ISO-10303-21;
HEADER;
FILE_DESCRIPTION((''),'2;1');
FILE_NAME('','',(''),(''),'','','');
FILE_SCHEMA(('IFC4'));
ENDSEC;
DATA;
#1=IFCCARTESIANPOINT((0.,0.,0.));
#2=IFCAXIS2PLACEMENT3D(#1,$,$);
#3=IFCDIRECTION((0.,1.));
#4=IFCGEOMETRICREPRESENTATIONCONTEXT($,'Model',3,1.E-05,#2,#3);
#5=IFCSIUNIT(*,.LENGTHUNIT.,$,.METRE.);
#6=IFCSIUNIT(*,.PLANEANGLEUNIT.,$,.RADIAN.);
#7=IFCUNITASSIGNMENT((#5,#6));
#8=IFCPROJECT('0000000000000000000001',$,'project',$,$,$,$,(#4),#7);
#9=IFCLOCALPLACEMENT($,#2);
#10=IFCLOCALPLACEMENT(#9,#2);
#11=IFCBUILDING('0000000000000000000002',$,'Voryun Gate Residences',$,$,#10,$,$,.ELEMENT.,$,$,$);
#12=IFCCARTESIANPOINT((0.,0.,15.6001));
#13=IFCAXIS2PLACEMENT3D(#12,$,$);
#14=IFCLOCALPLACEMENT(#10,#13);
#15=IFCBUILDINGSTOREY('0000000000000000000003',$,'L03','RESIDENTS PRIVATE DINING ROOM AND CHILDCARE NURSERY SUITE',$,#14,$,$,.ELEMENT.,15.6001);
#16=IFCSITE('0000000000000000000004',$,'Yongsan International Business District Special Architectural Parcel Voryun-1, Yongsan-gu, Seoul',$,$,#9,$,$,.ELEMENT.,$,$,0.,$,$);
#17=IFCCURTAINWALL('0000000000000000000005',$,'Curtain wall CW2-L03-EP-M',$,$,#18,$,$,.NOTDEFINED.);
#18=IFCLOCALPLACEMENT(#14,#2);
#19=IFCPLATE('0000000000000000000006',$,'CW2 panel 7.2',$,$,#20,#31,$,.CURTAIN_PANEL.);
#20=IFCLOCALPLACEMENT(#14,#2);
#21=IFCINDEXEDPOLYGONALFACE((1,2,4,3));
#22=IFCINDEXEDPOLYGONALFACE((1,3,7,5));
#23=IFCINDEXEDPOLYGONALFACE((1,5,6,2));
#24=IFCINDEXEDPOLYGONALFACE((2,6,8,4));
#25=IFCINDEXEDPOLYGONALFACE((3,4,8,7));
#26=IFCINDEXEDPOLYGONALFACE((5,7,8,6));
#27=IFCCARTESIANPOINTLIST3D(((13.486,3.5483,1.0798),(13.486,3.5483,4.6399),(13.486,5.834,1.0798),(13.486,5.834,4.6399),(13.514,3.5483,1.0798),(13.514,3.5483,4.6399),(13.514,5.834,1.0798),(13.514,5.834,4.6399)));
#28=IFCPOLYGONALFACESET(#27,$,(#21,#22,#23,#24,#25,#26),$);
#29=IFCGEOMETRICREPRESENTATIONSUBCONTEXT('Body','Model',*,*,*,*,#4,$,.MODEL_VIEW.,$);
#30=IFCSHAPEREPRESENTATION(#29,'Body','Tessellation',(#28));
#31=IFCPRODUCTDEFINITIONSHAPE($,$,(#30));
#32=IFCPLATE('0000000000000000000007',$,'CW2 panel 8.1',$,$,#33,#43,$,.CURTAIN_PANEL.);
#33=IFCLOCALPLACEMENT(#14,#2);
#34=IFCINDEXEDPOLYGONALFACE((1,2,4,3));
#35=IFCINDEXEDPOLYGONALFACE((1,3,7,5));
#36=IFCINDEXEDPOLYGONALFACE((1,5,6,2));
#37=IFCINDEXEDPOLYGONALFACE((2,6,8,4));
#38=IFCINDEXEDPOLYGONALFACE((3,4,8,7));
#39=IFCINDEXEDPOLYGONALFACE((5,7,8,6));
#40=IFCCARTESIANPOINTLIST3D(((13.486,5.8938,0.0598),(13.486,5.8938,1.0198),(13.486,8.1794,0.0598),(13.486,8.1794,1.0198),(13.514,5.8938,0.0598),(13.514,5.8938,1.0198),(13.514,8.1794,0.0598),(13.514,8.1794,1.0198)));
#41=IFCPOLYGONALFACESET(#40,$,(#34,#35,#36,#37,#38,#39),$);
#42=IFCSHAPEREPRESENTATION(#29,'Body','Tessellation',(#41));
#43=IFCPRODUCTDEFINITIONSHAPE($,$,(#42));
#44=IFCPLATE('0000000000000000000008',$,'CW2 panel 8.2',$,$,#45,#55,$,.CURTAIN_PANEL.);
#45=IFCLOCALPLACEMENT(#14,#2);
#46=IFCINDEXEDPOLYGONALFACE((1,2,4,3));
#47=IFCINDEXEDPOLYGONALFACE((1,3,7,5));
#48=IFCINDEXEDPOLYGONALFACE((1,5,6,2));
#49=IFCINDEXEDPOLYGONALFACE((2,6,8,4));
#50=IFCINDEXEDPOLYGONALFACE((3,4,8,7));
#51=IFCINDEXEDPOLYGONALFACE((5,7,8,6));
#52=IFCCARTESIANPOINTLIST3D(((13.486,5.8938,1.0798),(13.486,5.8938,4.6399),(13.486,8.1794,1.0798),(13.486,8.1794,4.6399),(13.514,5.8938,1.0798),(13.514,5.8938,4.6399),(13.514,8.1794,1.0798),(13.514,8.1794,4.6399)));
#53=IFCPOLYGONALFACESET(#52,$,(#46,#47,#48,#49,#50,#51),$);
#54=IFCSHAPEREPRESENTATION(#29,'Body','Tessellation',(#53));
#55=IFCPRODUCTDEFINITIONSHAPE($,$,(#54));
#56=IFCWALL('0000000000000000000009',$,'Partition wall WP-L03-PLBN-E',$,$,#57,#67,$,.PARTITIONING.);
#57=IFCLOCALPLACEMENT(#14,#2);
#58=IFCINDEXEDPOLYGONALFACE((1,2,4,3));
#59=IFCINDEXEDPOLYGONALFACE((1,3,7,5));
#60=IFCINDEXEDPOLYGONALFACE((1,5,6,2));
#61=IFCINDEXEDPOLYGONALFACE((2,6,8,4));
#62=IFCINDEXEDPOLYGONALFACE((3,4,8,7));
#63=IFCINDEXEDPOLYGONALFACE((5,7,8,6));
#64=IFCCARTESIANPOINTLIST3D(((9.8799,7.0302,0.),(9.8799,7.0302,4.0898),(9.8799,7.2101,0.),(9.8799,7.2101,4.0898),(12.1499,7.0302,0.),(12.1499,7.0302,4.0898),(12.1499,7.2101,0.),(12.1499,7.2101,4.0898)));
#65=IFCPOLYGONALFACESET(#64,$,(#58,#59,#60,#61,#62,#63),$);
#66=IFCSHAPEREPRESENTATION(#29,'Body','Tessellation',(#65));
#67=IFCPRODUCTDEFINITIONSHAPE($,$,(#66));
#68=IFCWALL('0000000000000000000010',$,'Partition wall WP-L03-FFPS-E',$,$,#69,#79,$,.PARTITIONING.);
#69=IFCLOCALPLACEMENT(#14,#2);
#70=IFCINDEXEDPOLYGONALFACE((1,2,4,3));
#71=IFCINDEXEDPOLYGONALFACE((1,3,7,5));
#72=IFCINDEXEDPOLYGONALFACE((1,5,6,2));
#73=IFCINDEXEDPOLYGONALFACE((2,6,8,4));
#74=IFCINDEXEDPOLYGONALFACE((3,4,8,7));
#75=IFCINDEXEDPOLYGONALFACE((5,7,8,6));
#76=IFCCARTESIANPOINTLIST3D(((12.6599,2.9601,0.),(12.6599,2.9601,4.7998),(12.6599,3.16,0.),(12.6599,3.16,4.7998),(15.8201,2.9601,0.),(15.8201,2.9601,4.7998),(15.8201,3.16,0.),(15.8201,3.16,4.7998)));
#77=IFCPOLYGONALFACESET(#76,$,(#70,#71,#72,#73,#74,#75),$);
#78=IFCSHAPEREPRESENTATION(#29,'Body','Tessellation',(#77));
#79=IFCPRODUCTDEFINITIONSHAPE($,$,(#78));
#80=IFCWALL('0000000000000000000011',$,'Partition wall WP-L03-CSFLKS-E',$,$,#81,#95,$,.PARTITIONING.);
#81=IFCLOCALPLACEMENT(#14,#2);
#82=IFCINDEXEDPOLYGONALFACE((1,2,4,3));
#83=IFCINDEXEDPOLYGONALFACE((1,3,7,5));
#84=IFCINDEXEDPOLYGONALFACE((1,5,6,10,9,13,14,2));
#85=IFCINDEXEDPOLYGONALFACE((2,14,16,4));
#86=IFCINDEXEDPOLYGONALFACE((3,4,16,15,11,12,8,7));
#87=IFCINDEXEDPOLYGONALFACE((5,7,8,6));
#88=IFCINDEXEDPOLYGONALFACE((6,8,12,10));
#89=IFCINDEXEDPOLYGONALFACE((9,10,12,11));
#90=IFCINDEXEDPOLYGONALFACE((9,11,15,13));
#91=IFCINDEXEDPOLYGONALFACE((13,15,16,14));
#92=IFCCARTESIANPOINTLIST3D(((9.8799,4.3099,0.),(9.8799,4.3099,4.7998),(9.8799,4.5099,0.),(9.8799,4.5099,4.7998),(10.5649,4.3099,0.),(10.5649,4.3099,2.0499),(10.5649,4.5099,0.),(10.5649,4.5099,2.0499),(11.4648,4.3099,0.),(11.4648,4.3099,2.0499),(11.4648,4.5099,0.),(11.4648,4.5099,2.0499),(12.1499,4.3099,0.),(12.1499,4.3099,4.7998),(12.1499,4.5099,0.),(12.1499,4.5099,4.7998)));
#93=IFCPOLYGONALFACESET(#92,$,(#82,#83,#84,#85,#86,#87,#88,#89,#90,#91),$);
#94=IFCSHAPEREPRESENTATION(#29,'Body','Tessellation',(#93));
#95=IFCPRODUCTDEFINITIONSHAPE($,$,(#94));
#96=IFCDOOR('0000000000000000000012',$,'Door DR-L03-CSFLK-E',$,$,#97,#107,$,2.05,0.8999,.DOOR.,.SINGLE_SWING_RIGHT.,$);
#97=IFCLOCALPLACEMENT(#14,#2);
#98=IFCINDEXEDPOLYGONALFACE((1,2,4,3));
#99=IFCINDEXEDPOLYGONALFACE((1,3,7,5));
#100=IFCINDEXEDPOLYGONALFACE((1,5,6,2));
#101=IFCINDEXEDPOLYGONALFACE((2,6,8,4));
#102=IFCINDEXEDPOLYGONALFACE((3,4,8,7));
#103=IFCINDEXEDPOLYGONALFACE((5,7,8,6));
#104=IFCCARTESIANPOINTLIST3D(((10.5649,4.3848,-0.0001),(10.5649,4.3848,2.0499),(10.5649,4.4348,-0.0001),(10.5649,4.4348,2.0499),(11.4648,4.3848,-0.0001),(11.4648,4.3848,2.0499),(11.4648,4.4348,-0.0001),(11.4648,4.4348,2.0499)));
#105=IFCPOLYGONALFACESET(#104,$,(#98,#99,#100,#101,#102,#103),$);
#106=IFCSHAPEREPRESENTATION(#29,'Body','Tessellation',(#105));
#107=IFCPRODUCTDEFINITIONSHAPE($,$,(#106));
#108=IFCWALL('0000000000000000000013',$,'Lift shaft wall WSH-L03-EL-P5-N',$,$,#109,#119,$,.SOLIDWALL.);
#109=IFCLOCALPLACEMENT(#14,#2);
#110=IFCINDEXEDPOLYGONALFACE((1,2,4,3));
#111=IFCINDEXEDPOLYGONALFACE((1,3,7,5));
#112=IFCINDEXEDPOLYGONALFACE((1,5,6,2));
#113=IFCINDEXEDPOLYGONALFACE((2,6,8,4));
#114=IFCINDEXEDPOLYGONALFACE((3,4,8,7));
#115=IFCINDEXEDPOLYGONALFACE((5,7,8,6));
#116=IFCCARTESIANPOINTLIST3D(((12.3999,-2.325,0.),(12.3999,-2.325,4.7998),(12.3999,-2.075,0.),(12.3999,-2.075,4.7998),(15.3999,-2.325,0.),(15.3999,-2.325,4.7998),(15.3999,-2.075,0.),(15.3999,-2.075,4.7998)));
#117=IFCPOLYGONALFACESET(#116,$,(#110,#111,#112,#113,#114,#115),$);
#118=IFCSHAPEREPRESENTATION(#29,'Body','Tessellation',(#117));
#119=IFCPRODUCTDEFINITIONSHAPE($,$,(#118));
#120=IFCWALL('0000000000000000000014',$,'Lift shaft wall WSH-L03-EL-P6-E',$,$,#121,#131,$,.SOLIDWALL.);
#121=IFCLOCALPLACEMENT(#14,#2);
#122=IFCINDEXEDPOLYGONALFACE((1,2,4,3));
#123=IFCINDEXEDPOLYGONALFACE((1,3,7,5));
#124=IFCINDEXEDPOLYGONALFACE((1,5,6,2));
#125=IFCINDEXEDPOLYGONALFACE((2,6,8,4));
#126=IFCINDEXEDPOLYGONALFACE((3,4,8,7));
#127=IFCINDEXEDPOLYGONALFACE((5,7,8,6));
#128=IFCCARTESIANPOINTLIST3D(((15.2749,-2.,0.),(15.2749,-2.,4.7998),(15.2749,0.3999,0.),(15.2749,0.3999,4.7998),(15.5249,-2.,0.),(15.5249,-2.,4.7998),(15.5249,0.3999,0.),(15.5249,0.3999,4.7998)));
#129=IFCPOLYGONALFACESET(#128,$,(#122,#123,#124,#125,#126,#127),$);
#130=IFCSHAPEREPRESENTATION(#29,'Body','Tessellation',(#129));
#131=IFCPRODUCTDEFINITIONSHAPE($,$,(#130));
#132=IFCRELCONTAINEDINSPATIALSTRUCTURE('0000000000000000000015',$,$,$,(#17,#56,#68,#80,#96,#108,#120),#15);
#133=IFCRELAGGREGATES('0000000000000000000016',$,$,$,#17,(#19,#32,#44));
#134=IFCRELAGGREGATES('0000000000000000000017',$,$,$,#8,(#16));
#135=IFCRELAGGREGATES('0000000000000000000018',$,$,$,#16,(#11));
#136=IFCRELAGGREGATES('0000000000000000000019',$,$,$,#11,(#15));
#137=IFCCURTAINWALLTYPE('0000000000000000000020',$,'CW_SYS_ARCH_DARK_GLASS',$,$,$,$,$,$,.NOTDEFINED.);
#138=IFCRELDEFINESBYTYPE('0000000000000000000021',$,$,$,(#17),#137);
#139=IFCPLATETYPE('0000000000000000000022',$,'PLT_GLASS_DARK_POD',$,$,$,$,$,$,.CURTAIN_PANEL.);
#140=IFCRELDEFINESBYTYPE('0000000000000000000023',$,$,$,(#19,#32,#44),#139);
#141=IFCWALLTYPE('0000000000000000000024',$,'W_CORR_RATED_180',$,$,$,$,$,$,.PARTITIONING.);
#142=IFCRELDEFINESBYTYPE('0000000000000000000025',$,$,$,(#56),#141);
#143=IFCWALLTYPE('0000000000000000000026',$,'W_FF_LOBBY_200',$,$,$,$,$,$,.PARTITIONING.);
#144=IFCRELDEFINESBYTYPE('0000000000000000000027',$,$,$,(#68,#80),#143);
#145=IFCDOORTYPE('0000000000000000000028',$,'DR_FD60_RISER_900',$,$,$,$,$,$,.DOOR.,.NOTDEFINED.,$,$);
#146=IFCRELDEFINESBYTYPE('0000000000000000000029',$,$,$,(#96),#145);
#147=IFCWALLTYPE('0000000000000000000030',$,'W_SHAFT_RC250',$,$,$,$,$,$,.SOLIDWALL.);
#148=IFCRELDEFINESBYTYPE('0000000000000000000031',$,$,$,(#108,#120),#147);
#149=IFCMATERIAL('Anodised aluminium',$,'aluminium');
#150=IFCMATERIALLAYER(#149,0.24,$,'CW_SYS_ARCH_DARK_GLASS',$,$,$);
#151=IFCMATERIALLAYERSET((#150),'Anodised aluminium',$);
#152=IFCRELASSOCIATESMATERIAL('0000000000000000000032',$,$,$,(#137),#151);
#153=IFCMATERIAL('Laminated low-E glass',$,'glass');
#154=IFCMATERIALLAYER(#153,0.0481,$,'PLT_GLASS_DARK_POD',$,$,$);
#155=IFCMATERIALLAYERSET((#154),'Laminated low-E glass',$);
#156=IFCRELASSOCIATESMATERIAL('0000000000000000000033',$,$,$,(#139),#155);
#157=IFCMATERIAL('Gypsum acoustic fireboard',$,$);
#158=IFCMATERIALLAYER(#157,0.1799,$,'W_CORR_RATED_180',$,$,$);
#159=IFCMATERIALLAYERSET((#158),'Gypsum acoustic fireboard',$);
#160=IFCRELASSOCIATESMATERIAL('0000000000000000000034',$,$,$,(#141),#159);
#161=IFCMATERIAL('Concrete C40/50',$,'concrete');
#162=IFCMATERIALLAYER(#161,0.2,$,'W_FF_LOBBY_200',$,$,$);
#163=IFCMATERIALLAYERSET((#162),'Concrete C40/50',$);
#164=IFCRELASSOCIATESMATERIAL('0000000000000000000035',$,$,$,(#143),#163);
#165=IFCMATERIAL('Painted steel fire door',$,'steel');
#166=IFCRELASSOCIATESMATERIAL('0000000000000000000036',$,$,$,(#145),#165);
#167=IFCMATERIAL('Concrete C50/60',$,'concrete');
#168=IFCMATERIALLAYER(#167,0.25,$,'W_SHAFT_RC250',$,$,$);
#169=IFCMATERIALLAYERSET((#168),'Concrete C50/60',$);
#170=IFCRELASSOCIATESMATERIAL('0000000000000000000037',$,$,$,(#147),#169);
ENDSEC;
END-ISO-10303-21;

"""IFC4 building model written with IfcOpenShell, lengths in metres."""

from ifc_helpers import new_model, si_unit, direction, frame, frame_2d, origin, origin_2d, place, context, subcontext, project, spatial, rectangle, extrude, material, layer, layer_set, type_object, element, fill, aggregate, save


model = new_model("IFC4")

# Units and contexts
model_context = context("Model", 3, precision=1e-05, world=origin(), true_north=direction((0.0, 1.0)))
body_context = subcontext(model_context, "Body", "Model", "MODEL_VIEW")
ifc_project = project(units=[si_unit("LENGTHUNIT", "METRE"), si_unit("PLANEANGLEUNIT", "RADIAN")], contexts=[model_context])

# Site, building, storey
site_placement = place(None, origin())
site = spatial("IfcSite", under=ifc_project, at=site_placement, Name="Yongsan International Business District Special Architectural Parcel Voryun-1, Yongsan-gu, Seoul", CompositionType="ELEMENT", RefElevation=0.0)
building_placement = place(site_placement, origin())
building = spatial("IfcBuilding", under=site, at=building_placement, Name="Voryun Gate Residences", CompositionType="ELEMENT")
storey_placement = place(building_placement, frame((0.0, 0.0, 15.6001)))
storey = spatial("IfcBuildingStorey", under=building, at=storey_placement, Name="L03", Description="RESIDENTS PRIVATE DINING ROOM AND CHILDCARE NURSERY SUITE", CompositionType="ELEMENT", Elevation=15.6001)

# Curtain wall, plates
ifc_material_1 = material(Name="Anodised aluminium", Category="aluminium")
ifc_layer_1 = layer(ifc_material_1, 0.24, Name="CW_SYS_ARCH_DARK_GLASS")
ifc_layer_set_1 = layer_set([ifc_layer_1], Name="Anodised aluminium")
curtain_wall_type = type_object("IfcCurtainWallType", Name="CW_SYS_ARCH_DARK_GLASS", PredefinedType="NOTDEFINED", material=ifc_layer_set_1)
curtain_wall_placement = place(storey_placement, origin())
curtain_wall = element("IfcCurtainWall", 1, at=curtain_wall_placement, inside=storey, type_object=curtain_wall_type, Name="Curtain wall CW2-L03-EP-M", PredefinedType="NOTDEFINED")
ifc_material_2 = material(Name="Laminated low-E glass", Category="glass")
ifc_layer_2 = layer(ifc_material_2, 0.0481, Name="PLT_GLASS_DARK_POD")
ifc_layer_set_2 = layer_set([ifc_layer_2], Name="Laminated low-E glass")
plate_type = type_object("IfcPlateType", Name="PLT_GLASS_DARK_POD", PredefinedType="CURTAIN_PANEL", material=ifc_layer_set_2)
plate_1_placement = place(storey_placement, frame((13.5, 4.6912, 1.0798), z_axis=(0.0, 0.0, 1.0), x_axis=(0.0, 1.0, 0.0)))
plate_1 = element("IfcPlate", 2, at=plate_1_placement, type_object=plate_type, Name="CW2 panel 7.2", PredefinedType="CURTAIN_PANEL", context=body_context, shape_type="SweptSolid", body=[
    extrude(rectangle(XDim=2.2856, YDim=0.0281, at=origin_2d()), origin(), (0.0, 0.0, 1.0), 3.5601),
])
plate_2_placement = place(storey_placement, frame((13.5, 7.0366, 0.0598), z_axis=(0.0, 0.0, 1.0), x_axis=(0.0, 1.0, 0.0)))
plate_2 = element("IfcPlate", 3, at=plate_2_placement, type_object=plate_type, Name="CW2 panel 8.1", PredefinedType="CURTAIN_PANEL", context=body_context, shape_type="SweptSolid", body=[
    extrude(rectangle(XDim=2.2856, YDim=0.0281, at=origin_2d()), origin(), (0.0, 0.0, 1.0), 0.96),
])
plate_3_placement = place(storey_placement, frame((13.5, 7.0366, 1.0798), z_axis=(0.0, 0.0, 1.0), x_axis=(0.0, 1.0, 0.0)))
plate_3 = element("IfcPlate", 4, at=plate_3_placement, type_object=plate_type, Name="CW2 panel 8.2", PredefinedType="CURTAIN_PANEL", context=body_context, shape_type="SweptSolid", body=[
    extrude(rectangle(XDim=2.2856, YDim=0.0281, at=origin_2d()), origin(), (0.0, 0.0, 1.0), 3.5601),
])
aggregate(curtain_wall, [plate_1, plate_2, plate_3])

# Walls
ifc_material_3 = material(Name="Gypsum acoustic fireboard")
ifc_layer_3 = layer(ifc_material_3, 0.1799, Name="W_CORR_RATED_180")
ifc_layer_set_3 = layer_set([ifc_layer_3], Name="Gypsum acoustic fireboard")
wall_type_1 = type_object("IfcWallType", Name="W_CORR_RATED_180", PredefinedType="PARTITIONING", material=ifc_layer_set_3)
wall_1_placement = place(storey_placement, frame((9.8799, 7.1201, 0.0), z_axis=(0.0, 0.0, 1.0), x_axis=(1.0, 0.0, 0.0)))
element("IfcWall", 5, at=wall_1_placement, inside=storey, type_object=wall_type_1, Name="Partition wall WP-L03-PLBN-E", PredefinedType="PARTITIONING", context=body_context, shape_type="SweptSolid", body=[
    extrude(rectangle(XDim=2.27, YDim=0.1799, at=frame_2d((1.135, 0.0))), origin(), (0.0, 0.0, 1.0), 4.0898),
])
ifc_material_4 = material(Name="Concrete C40/50", Category="concrete")
ifc_layer_4 = layer(ifc_material_4, 0.2, Name="W_FF_LOBBY_200")
ifc_layer_set_4 = layer_set([ifc_layer_4], Name="Concrete C40/50")
wall_type_2 = type_object("IfcWallType", Name="W_FF_LOBBY_200", PredefinedType="PARTITIONING", material=ifc_layer_set_4)
wall_2_placement = place(storey_placement, frame((12.6599, 3.0601, 0.0), z_axis=(0.0, 0.0, 1.0), x_axis=(1.0, 0.0, 0.0)))
element("IfcWall", 6, at=wall_2_placement, inside=storey, type_object=wall_type_2, Name="Partition wall WP-L03-FFPS-E", PredefinedType="PARTITIONING", context=body_context, shape_type="SweptSolid", body=[
    extrude(rectangle(XDim=3.1602, YDim=0.2, at=frame_2d((1.5801, 0.0))), origin(), (0.0, 0.0, 1.0), 4.7998),
])

# Wall, opening, door
wall_3_placement = place(storey_placement, frame((9.8799, 4.4099, 0.0), z_axis=(0.0, 0.0, 1.0), x_axis=(1.0, 0.0, 0.0)))
wall_3 = element("IfcWall", 7, at=wall_3_placement, inside=storey, type_object=wall_type_2, Name="Partition wall WP-L03-CSFLKS-E", PredefinedType="PARTITIONING", context=body_context, shape_type="SweptSolid", body=[
    extrude(rectangle(XDim=2.27, YDim=0.2, at=frame_2d((1.135, 0.0))), origin(), (0.0, 0.0, 1.0), 4.7998),
])
opening_placement = place(wall_3_placement, frame((0.6851, 0.0, 0.0)))
opening = element("IfcOpeningElement", 8, at=opening_placement, cuts=wall_3, PredefinedType="OPENING", context=body_context, shape_type="SweptSolid", body=[
    extrude(rectangle(XDim=0.8999, YDim=2.05, at=frame_2d((0.45, 1.0249))), frame((0.0, 0.1101, 0.0), z_axis=(0.0, -1.0, 0.0), x_axis=(1.0, 0.0, 0.0)), (0.0, 0.0, 1.0), 0.22),
])
ifc_material_5 = material(Name="Painted steel fire door", Category="steel")
door_type = type_object("IfcDoorType", Name="DR_FD60_RISER_900", OperationType="NOTDEFINED", PredefinedType="DOOR", material=ifc_material_5)
door_placement = place(opening_placement, origin())
door = element("IfcDoor", 9, at=door_placement, inside=storey, type_object=door_type, Name="Door DR-L03-CSFLK-E", OperationType="SINGLE_SWING_RIGHT", OverallHeight=2.05, OverallWidth=0.8999, PredefinedType="DOOR", context=body_context, shape_type="SweptSolid", body=[
    extrude(rectangle(XDim=0.8999, YDim=2.05, at=frame_2d((0.45, 1.0249))), frame((0.0, 0.0249, 0.0), z_axis=(0.0, -1.0, 0.0), x_axis=(1.0, 0.0, 0.0)), (0.0, 0.0, 1.0), 0.05),
])
fill(opening, door)

# Walls
ifc_material_6 = material(Name="Concrete C50/60", Category="concrete")
ifc_layer_5 = layer(ifc_material_6, 0.25, Name="W_SHAFT_RC250")
ifc_layer_set_5 = layer_set([ifc_layer_5], Name="Concrete C50/60")
wall_type_3 = type_object("IfcWallType", Name="W_SHAFT_RC250", PredefinedType="SOLIDWALL", material=ifc_layer_set_5)
wall_4_placement = place(storey_placement, frame((15.3999, -2.2, 0.0), z_axis=(0.0, 0.0, 1.0), x_axis=(-1.0, 0.0, 0.0)))
element("IfcWall", 10, at=wall_4_placement, inside=storey, type_object=wall_type_3, Name="Lift shaft wall WSH-L03-EL-P5-N", PredefinedType="SOLIDWALL", context=body_context, shape_type="SweptSolid", body=[
    extrude(rectangle(XDim=3.0, YDim=0.25, at=frame_2d((1.5, 0.0))), origin(), (0.0, 0.0, 1.0), 4.7998),
])
wall_5_placement = place(storey_placement, frame((15.3999, -2.0, 0.0), z_axis=(0.0, 0.0, 1.0), x_axis=(0.0, 1.0, 0.0)))
element("IfcWall", 11, at=wall_5_placement, inside=storey, type_object=wall_type_3, Name="Lift shaft wall WSH-L03-EL-P6-E", PredefinedType="SOLIDWALL", context=body_context, shape_type="SweptSolid", body=[
    extrude(rectangle(XDim=2.3999, YDim=0.25, at=frame_2d((1.2, 0.0))), origin(), (0.0, 0.0, 1.0), 4.7998),
])

save(model, "model.ifc")
